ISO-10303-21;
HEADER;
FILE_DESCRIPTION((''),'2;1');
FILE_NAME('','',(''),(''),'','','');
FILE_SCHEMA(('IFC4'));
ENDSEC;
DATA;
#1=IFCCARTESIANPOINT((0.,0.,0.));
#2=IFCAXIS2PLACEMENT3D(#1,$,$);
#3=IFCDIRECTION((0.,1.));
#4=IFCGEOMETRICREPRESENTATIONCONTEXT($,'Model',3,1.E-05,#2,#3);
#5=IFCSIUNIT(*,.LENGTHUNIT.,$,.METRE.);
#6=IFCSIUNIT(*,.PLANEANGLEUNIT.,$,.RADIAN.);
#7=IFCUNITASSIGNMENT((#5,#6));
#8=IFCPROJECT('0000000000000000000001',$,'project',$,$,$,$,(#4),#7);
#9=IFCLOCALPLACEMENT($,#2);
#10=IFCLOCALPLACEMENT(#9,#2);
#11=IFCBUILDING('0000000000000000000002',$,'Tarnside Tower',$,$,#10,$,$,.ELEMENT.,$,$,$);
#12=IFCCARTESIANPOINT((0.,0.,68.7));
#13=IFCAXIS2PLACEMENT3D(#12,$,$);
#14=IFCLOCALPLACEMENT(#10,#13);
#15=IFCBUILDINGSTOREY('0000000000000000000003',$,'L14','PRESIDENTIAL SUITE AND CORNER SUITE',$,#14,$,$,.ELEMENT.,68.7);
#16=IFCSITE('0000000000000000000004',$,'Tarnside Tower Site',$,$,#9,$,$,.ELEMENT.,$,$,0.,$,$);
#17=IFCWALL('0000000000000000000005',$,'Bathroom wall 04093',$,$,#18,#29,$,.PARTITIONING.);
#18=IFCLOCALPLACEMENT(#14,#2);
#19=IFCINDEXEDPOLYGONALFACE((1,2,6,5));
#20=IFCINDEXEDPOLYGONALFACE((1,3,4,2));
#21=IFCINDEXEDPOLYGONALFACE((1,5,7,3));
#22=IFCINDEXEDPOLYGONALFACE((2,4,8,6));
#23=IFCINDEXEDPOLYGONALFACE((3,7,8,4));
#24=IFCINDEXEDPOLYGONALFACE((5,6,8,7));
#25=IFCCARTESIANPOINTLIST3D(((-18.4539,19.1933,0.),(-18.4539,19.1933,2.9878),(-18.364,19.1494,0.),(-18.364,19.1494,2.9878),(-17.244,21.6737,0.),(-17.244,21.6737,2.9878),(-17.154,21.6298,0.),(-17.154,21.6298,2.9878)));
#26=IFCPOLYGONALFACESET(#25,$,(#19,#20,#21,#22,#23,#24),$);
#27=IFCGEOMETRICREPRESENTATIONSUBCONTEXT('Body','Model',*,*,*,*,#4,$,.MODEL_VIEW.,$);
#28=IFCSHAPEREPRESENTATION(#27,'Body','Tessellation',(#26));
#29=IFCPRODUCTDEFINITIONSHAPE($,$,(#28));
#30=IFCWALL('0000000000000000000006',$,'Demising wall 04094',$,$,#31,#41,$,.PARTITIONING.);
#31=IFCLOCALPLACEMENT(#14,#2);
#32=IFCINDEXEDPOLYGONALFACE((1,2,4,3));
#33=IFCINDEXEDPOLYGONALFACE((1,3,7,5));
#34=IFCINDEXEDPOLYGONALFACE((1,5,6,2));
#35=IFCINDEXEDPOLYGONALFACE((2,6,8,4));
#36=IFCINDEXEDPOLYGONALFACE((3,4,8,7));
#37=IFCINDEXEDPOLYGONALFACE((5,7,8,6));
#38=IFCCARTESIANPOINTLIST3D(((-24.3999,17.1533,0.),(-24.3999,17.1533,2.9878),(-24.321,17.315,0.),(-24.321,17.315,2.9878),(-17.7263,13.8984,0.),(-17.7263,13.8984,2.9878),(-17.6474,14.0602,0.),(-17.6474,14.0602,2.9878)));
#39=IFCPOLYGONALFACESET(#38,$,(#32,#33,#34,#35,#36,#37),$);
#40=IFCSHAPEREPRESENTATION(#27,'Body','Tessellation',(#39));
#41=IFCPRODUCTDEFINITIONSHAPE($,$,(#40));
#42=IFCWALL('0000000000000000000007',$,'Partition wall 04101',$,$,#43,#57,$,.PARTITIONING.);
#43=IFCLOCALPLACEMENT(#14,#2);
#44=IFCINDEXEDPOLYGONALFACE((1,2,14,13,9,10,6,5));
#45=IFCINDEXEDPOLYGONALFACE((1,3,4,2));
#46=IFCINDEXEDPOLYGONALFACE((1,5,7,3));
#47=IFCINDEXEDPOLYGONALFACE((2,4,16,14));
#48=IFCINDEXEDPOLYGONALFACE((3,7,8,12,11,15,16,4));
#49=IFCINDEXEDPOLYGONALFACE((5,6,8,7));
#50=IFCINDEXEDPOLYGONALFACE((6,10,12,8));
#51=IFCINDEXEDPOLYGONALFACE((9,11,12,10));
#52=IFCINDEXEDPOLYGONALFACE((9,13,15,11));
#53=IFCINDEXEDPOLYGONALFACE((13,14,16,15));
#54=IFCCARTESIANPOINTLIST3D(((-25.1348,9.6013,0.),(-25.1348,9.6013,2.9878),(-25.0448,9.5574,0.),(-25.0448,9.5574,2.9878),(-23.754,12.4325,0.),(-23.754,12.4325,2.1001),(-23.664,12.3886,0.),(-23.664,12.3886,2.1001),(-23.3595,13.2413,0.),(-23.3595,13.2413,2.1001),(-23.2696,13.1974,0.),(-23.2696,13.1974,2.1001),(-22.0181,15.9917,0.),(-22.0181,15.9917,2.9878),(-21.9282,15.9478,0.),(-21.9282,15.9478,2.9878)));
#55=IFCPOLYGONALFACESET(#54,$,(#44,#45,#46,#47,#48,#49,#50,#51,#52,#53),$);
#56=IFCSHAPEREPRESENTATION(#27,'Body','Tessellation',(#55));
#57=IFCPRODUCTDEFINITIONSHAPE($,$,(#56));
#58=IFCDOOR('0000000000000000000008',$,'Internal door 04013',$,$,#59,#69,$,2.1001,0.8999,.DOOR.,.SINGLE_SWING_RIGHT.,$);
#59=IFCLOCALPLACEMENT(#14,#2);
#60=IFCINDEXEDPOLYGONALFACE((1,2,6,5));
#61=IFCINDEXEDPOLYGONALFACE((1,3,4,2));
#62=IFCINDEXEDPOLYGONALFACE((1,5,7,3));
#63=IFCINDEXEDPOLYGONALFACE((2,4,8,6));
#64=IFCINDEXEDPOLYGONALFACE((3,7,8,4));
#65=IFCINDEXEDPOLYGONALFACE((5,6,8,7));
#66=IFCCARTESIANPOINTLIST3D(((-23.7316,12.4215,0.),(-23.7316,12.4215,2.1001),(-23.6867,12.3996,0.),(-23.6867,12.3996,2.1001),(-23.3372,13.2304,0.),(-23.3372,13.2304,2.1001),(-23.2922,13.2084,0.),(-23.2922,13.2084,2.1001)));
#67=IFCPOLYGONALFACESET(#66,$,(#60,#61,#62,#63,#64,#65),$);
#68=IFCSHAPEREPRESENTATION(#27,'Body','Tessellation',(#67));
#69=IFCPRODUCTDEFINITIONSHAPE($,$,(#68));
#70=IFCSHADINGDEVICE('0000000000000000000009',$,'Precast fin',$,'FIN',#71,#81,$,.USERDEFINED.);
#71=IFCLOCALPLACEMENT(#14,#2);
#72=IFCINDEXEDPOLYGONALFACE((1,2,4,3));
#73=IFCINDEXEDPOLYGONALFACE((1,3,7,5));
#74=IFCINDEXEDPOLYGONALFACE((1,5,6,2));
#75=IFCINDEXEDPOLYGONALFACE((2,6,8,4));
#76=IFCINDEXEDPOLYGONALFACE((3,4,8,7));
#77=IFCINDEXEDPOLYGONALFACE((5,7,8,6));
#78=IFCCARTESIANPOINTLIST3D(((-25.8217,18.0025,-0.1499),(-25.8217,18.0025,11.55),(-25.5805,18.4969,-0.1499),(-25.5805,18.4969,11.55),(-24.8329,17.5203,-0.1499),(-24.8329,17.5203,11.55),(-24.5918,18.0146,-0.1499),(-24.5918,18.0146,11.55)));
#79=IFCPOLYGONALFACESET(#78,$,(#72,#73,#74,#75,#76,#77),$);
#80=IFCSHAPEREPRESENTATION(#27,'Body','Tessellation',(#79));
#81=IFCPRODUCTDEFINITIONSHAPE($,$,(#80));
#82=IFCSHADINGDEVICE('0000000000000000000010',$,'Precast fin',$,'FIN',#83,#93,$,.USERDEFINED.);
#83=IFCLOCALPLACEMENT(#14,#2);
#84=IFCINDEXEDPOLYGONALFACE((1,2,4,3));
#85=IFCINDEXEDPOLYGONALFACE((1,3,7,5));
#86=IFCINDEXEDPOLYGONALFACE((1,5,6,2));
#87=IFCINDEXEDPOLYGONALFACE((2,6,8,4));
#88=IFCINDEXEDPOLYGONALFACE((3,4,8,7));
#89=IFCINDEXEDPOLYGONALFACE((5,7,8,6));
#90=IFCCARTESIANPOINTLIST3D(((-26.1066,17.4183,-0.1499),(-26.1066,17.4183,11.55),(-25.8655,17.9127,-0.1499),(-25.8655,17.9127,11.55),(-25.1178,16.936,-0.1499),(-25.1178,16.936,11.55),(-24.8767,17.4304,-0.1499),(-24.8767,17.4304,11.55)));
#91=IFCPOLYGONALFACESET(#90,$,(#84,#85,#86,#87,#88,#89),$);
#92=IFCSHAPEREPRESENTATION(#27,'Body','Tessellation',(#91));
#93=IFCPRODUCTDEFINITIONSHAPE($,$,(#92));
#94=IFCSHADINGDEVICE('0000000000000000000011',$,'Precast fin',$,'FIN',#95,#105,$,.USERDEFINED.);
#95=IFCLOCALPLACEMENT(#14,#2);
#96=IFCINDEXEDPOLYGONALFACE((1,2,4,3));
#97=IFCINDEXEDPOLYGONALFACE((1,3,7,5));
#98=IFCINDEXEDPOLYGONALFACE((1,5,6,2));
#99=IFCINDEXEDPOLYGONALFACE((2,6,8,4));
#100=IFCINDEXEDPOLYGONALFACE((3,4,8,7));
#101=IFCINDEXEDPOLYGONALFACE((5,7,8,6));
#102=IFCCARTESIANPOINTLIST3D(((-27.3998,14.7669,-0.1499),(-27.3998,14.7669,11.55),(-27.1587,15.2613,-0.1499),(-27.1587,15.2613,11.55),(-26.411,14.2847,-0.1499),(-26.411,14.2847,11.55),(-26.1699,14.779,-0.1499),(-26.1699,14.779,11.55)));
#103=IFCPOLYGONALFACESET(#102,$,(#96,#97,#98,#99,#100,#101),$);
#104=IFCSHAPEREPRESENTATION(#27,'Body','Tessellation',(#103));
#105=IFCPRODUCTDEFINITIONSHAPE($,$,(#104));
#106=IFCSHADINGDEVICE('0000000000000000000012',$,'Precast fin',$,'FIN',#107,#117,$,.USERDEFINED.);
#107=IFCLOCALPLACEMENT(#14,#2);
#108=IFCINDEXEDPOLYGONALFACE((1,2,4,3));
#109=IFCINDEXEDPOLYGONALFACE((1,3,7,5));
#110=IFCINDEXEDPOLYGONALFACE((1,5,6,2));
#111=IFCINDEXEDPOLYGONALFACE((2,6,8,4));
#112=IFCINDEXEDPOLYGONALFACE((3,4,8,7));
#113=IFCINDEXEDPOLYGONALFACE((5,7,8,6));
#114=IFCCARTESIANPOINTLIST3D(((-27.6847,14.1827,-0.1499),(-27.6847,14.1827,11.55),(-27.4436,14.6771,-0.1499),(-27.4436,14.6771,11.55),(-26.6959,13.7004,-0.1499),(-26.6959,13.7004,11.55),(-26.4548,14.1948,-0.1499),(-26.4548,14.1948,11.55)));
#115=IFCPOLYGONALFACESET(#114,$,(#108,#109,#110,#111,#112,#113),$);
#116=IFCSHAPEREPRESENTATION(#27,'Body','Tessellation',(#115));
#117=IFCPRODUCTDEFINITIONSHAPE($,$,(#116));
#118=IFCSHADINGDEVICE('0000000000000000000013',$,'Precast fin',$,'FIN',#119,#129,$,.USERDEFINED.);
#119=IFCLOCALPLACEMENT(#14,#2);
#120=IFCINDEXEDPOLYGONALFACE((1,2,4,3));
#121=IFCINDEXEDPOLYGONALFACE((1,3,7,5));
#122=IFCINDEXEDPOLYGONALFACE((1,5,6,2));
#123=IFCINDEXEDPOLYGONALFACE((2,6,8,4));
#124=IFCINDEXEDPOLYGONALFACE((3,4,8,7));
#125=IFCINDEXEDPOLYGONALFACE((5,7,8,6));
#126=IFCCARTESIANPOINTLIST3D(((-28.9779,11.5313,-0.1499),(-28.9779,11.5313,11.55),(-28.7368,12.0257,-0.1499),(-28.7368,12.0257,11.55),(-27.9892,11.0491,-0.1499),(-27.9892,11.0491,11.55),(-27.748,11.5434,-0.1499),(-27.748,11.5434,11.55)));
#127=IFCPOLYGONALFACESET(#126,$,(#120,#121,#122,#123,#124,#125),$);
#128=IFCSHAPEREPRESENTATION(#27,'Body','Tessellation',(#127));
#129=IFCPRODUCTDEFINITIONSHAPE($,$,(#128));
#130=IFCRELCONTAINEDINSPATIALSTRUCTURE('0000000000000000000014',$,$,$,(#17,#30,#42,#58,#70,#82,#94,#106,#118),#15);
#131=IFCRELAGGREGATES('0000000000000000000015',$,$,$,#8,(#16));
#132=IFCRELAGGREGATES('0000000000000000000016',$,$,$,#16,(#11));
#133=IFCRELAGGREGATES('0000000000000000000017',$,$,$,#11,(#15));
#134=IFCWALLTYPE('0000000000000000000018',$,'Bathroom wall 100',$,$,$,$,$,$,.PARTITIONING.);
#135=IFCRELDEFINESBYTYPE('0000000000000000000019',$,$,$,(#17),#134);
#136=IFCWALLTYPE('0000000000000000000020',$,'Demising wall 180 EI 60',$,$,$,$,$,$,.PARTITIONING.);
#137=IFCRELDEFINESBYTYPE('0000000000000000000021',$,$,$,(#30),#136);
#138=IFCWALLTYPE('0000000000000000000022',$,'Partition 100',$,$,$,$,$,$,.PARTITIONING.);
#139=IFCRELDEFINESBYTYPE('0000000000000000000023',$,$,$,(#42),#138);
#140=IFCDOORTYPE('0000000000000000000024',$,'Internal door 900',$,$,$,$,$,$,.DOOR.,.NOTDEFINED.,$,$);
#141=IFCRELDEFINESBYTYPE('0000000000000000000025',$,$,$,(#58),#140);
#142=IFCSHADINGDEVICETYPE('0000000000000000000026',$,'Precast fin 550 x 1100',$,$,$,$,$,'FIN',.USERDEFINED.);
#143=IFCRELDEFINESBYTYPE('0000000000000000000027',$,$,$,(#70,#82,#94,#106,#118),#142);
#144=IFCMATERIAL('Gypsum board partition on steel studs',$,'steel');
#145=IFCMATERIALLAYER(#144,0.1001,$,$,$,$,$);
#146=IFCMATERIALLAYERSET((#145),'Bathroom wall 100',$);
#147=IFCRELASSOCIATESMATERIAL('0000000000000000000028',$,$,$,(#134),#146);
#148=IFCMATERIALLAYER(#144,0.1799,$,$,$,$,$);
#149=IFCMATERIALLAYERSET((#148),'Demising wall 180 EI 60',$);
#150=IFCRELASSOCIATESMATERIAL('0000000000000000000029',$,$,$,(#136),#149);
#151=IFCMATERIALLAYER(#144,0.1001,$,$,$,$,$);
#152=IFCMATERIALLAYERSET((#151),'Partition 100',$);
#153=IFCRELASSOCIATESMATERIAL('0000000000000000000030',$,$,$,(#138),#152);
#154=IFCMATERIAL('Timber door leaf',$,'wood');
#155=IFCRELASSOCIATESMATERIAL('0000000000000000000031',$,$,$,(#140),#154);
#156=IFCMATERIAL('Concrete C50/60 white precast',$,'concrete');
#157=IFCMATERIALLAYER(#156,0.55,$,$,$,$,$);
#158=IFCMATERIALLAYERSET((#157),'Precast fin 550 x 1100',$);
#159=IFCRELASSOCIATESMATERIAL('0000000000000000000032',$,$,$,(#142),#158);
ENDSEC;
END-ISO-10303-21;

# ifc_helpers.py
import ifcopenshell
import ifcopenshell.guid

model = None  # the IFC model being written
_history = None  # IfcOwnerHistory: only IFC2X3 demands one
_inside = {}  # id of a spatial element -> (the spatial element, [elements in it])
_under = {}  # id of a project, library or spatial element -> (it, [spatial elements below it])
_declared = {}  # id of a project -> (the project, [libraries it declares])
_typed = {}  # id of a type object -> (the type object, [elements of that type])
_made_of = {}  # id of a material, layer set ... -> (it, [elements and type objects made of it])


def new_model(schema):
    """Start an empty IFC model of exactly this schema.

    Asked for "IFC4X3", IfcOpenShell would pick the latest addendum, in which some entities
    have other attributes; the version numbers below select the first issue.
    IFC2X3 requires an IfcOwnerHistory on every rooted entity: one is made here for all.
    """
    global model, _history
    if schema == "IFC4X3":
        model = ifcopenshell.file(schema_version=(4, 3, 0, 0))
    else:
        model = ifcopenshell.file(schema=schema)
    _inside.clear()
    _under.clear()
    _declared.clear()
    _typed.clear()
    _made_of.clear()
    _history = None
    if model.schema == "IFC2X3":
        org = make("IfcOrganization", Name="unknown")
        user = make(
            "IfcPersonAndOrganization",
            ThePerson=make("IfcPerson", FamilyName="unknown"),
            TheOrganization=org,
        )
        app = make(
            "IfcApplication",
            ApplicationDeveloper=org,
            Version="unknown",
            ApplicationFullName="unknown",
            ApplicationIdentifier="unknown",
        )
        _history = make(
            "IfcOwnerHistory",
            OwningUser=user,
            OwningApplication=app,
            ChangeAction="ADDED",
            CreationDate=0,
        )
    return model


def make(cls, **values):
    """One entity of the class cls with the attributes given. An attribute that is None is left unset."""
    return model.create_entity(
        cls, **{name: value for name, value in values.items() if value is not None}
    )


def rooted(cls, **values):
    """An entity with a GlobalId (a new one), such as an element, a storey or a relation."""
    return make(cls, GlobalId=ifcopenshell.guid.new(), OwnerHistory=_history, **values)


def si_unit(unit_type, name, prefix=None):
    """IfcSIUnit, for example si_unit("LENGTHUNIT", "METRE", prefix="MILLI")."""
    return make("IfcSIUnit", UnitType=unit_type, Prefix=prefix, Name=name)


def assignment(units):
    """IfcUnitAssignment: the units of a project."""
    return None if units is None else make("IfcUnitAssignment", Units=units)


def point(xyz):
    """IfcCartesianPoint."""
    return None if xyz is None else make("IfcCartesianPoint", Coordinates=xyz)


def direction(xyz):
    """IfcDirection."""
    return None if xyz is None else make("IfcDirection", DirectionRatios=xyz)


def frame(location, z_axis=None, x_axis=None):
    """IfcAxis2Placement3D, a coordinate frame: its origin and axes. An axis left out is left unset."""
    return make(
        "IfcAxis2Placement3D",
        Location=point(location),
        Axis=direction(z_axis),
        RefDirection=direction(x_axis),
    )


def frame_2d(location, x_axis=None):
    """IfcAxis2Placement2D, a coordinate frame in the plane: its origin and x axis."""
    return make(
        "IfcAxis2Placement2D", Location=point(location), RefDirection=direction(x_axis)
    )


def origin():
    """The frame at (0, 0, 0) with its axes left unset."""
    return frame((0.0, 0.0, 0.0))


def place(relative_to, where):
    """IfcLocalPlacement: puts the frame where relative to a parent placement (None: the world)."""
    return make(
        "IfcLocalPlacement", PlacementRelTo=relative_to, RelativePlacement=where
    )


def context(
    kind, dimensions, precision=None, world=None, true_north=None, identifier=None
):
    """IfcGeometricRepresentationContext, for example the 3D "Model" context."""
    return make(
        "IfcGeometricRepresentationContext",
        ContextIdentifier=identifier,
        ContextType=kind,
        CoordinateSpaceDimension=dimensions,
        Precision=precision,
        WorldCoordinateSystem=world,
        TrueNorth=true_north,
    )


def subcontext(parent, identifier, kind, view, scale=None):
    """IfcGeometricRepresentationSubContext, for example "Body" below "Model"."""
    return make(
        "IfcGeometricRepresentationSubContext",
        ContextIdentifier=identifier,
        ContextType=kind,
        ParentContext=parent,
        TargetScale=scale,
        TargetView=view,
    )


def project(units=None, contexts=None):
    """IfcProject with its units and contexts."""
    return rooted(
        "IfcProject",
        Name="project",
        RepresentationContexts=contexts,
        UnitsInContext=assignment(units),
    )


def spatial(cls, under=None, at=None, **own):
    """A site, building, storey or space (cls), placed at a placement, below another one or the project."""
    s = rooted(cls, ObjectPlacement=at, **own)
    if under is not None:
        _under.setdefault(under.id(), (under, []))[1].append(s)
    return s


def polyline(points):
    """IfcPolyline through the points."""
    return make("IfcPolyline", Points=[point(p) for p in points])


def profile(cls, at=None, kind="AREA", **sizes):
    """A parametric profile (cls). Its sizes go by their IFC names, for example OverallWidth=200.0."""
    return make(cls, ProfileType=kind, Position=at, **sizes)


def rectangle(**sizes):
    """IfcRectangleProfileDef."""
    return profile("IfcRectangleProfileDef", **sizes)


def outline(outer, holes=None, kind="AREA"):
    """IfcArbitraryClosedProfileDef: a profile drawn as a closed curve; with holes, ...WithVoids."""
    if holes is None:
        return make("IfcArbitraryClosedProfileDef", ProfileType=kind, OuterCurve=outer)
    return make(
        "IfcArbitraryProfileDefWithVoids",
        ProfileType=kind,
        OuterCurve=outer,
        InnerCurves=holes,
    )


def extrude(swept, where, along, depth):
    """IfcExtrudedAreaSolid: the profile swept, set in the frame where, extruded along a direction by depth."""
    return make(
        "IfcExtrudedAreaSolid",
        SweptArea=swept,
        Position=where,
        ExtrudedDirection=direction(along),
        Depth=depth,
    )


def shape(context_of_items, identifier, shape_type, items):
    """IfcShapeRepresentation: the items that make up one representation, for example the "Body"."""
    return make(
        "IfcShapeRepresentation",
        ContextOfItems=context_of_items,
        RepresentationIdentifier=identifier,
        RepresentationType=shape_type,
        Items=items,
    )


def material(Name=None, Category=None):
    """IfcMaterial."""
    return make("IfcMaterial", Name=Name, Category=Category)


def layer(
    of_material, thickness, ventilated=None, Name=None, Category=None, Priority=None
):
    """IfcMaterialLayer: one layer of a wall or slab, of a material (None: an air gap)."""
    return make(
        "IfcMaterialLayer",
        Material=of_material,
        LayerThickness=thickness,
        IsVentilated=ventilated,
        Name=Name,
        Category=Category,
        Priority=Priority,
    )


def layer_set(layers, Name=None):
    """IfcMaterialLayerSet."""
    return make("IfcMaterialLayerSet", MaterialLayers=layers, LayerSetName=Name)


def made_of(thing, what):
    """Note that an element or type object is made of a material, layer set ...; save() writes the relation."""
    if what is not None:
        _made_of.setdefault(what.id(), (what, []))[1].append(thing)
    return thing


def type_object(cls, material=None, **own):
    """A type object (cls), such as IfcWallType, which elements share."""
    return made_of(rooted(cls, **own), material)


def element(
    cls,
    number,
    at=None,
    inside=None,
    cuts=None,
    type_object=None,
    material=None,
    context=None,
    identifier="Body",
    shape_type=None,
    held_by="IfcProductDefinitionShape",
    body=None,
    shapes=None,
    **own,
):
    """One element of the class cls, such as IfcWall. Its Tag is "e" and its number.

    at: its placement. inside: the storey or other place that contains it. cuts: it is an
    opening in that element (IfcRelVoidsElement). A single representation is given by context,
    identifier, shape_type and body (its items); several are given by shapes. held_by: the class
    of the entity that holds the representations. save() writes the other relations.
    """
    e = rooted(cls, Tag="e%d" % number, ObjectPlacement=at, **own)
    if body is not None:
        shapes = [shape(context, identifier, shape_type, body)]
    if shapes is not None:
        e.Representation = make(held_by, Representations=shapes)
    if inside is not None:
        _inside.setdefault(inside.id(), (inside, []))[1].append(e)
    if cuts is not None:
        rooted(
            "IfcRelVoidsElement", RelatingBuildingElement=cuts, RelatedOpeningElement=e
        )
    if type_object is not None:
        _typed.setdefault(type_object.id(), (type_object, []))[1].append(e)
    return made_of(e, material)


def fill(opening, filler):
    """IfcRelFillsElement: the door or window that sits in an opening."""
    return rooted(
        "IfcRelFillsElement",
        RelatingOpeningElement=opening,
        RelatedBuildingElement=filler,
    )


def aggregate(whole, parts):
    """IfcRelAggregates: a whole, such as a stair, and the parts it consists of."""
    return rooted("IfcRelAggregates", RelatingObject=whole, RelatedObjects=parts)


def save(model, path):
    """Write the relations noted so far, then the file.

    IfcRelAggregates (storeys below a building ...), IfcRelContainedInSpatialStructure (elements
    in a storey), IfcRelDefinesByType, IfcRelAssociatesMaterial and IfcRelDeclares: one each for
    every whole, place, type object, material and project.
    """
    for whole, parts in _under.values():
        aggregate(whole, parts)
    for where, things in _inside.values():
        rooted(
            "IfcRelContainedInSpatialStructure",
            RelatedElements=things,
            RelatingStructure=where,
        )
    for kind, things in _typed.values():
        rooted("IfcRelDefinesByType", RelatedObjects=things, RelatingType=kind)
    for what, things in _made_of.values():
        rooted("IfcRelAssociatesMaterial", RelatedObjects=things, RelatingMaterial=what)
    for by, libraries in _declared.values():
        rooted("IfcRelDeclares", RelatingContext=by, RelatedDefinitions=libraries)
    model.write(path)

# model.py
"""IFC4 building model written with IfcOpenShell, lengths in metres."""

from ifc_helpers import new_model, si_unit, direction, frame, frame_2d, origin, place, context, subcontext, project, spatial, polyline, rectangle, outline, extrude, material, layer, layer_set, type_object, element, fill, save


model = new_model("IFC4")

# Units and contexts
model_context = context("Model", 3, precision=1e-05, world=origin(), true_north=direction((0.0, 1.0)))
body_context = subcontext(model_context, "Body", "Model", "MODEL_VIEW")
ifc_project = project(units=[si_unit("LENGTHUNIT", "METRE"), si_unit("PLANEANGLEUNIT", "RADIAN")], contexts=[model_context])

# Site, building, storey
site_placement = place(None, origin())
site = spatial("IfcSite", under=ifc_project, at=site_placement, Name="Tarnside Tower Site", CompositionType="ELEMENT", RefElevation=0.0)
building_placement = place(site_placement, origin())
building = spatial("IfcBuilding", under=site, at=building_placement, Name="Tarnside Tower", CompositionType="ELEMENT")
storey_placement = place(building_placement, frame((0.0, 0.0, 68.7)))
storey = spatial("IfcBuildingStorey", under=building, at=storey_placement, Name="L14", Description="PRESIDENTIAL SUITE AND CORNER SUITE", CompositionType="ELEMENT", Elevation=68.7)

# Walls
ifc_material_1 = material(Name="Gypsum board partition on steel studs", Category="steel")
ifc_layer_1 = layer(ifc_material_1, 0.1001)
ifc_layer_set_1 = layer_set([ifc_layer_1], Name="Bathroom wall 100")
wall_type_1 = type_object("IfcWallType", Name="Bathroom wall 100", PredefinedType="PARTITIONING", material=ifc_layer_set_1)
wall_1_placement = place(storey_placement, frame((-18.4089, 19.1714, 0.0), z_axis=(0.0, 0.0, 1.0), x_axis=(0.438417, 0.898772, 0.0)))
element("IfcWall", 1, at=wall_1_placement, inside=storey, type_object=wall_type_1, Name="Bathroom wall 04093", PredefinedType="PARTITIONING", context=body_context, shape_type="SweptSolid", body=[
    extrude(rectangle(XDim=2.7598, YDim=0.1001, at=frame_2d((1.3799, 0.0))), origin(), (0.0, 0.0, 1.0), 2.9878),
])
ifc_layer_2 = layer(ifc_material_1, 0.1799)
ifc_layer_set_2 = layer_set([ifc_layer_2], Name="Demising wall 180 EI 60")
wall_type_2 = type_object("IfcWallType", Name="Demising wall 180 EI 60", PredefinedType="PARTITIONING", material=ifc_layer_set_2)
wall_2_placement = place(storey_placement, frame((-24.3604, 17.2341, 0.0), z_axis=(0.0, 0.0, 1.0), x_axis=(0.898796, -0.438367, 0.0)))
element("IfcWall", 2, at=wall_2_placement, inside=storey, type_object=wall_type_2, Name="Demising wall 04094", PredefinedType="PARTITIONING", context=body_context, shape_type="SweptSolid", body=[
    extrude(rectangle(XDim=7.425, YDim=0.1799, at=frame_2d((3.7124, 0.0))), origin(), (0.0, 0.0, 1.0), 2.9878),
])

# Wall, opening, door
ifc_layer_3 = layer(ifc_material_1, 0.1001)
ifc_layer_set_3 = layer_set([ifc_layer_3], Name="Partition 100")
wall_type_3 = type_object("IfcWallType", Name="Partition 100", PredefinedType="PARTITIONING", material=ifc_layer_set_3)
wall_3_placement = place(storey_placement, frame((-21.9731, 15.9697, 0.0), z_axis=(0.0, 0.0, 1.0), x_axis=(-0.43836, -0.898799, 0.0)))
wall_3 = element("IfcWall", 3, at=wall_3_placement, inside=storey, type_object=wall_type_3, Name="Partition wall 04101", PredefinedType="PARTITIONING", context=body_context, shape_type="SweptSolid", body=[
    extrude(rectangle(XDim=7.1099, YDim=0.1001, at=frame_2d((3.5549, 0.0))), origin(), (0.0, 0.0, 1.0), 2.9878),
])
opening_placement = place(wall_3_placement, frame((3.0601, 0.0, 0.0)))
opening = element("IfcOpeningElement", 4, at=opening_placement, cuts=wall_3, PredefinedType="OPENING", context=body_context, shape_type="SweptSolid", body=[
    extrude(rectangle(XDim=0.8999, YDim=2.1001, at=frame_2d((0.45, 1.05))), frame((0.0, 0.0601, 0.0), z_axis=(0.0, -1.0, 0.0), x_axis=(1.0, 0.0, 0.0)), (0.0, 0.0, 1.0), 0.1201),
])
ifc_material_2 = material(Name="Timber door leaf", Category="wood")
door_type = type_object("IfcDoorType", Name="Internal door 900", OperationType="NOTDEFINED", PredefinedType="DOOR", material=ifc_material_2)
door_placement = place(opening_placement, origin())
door = element("IfcDoor", 5, at=door_placement, inside=storey, type_object=door_type, Name="Internal door 04013", OperationType="SINGLE_SWING_RIGHT", OverallHeight=2.1001, OverallWidth=0.8999, PredefinedType="DOOR", context=body_context, shape_type="SweptSolid", body=[
    extrude(rectangle(XDim=0.8999, YDim=2.1001, at=frame_2d((0.45, 1.05))), frame((0.0, 0.0249, 0.0), z_axis=(0.0, -1.0, 0.0), x_axis=(1.0, 0.0, 0.0)), (0.0, 0.0, 1.0), 0.05),
])
fill(opening, door)

# Shading devices
ifc_material_3 = material(Name="Concrete C50/60 white precast", Category="concrete")
ifc_layer_4 = layer(ifc_material_3, 0.55)
ifc_layer_set_4 = layer_set([ifc_layer_4], Name="Precast fin 550 x 1100")
shading_device_type = type_object("IfcShadingDeviceType", Name="Precast fin 550 x 1100", ElementType="FIN", PredefinedType="USERDEFINED", material=ifc_layer_set_4)
for number, where, z_axis, x_axis, name in (
    (6, (-24.7124, 17.7673, -0.1499), (0.438371, 0.898794, 0.0), (-0.898794, 0.438371, 0.0), "Precast fin"),
    (7, (-24.9973, 17.1831, -0.1499), (0.438371, 0.898794, 0.0), (-0.898794, 0.438371, 0.0), "Precast fin"),
    (8, (-26.2905, 14.5317, -0.1499), (0.438371, 0.898794, 0.0), (-0.898794, 0.438371, 0.0), "Precast fin"),
    (9, (-26.5754, 13.9475, -0.1499), (0.438371, 0.898794, 0.0), (-0.898794, 0.438371, 0.0), "Precast fin"),
    (10, (-27.8687, 11.2961, -0.1499), (0.438371, 0.898794, 0.0), (-0.898794, 0.438371, 0.0), "Precast fin"),
):
    element("IfcShadingDevice", number, at=place(storey_placement, frame(where, z_axis=z_axis, x_axis=x_axis)), inside=storey, type_object=shading_device_type, Name=name, ObjectType="FIN", PredefinedType="USERDEFINED", context=body_context, shape_type="SweptSolid", body=[
        extrude(outline(polyline([(0.0, 0.0), (1.1001, 0.0), (1.1001, 11.7), (0.0, 11.7), (0.0, 0.0)])), frame((0.0, 0.0, -0.2749)), (0.0, 0.0, 1.0), 0.55),
    ])

save(model, "model.ifc")
